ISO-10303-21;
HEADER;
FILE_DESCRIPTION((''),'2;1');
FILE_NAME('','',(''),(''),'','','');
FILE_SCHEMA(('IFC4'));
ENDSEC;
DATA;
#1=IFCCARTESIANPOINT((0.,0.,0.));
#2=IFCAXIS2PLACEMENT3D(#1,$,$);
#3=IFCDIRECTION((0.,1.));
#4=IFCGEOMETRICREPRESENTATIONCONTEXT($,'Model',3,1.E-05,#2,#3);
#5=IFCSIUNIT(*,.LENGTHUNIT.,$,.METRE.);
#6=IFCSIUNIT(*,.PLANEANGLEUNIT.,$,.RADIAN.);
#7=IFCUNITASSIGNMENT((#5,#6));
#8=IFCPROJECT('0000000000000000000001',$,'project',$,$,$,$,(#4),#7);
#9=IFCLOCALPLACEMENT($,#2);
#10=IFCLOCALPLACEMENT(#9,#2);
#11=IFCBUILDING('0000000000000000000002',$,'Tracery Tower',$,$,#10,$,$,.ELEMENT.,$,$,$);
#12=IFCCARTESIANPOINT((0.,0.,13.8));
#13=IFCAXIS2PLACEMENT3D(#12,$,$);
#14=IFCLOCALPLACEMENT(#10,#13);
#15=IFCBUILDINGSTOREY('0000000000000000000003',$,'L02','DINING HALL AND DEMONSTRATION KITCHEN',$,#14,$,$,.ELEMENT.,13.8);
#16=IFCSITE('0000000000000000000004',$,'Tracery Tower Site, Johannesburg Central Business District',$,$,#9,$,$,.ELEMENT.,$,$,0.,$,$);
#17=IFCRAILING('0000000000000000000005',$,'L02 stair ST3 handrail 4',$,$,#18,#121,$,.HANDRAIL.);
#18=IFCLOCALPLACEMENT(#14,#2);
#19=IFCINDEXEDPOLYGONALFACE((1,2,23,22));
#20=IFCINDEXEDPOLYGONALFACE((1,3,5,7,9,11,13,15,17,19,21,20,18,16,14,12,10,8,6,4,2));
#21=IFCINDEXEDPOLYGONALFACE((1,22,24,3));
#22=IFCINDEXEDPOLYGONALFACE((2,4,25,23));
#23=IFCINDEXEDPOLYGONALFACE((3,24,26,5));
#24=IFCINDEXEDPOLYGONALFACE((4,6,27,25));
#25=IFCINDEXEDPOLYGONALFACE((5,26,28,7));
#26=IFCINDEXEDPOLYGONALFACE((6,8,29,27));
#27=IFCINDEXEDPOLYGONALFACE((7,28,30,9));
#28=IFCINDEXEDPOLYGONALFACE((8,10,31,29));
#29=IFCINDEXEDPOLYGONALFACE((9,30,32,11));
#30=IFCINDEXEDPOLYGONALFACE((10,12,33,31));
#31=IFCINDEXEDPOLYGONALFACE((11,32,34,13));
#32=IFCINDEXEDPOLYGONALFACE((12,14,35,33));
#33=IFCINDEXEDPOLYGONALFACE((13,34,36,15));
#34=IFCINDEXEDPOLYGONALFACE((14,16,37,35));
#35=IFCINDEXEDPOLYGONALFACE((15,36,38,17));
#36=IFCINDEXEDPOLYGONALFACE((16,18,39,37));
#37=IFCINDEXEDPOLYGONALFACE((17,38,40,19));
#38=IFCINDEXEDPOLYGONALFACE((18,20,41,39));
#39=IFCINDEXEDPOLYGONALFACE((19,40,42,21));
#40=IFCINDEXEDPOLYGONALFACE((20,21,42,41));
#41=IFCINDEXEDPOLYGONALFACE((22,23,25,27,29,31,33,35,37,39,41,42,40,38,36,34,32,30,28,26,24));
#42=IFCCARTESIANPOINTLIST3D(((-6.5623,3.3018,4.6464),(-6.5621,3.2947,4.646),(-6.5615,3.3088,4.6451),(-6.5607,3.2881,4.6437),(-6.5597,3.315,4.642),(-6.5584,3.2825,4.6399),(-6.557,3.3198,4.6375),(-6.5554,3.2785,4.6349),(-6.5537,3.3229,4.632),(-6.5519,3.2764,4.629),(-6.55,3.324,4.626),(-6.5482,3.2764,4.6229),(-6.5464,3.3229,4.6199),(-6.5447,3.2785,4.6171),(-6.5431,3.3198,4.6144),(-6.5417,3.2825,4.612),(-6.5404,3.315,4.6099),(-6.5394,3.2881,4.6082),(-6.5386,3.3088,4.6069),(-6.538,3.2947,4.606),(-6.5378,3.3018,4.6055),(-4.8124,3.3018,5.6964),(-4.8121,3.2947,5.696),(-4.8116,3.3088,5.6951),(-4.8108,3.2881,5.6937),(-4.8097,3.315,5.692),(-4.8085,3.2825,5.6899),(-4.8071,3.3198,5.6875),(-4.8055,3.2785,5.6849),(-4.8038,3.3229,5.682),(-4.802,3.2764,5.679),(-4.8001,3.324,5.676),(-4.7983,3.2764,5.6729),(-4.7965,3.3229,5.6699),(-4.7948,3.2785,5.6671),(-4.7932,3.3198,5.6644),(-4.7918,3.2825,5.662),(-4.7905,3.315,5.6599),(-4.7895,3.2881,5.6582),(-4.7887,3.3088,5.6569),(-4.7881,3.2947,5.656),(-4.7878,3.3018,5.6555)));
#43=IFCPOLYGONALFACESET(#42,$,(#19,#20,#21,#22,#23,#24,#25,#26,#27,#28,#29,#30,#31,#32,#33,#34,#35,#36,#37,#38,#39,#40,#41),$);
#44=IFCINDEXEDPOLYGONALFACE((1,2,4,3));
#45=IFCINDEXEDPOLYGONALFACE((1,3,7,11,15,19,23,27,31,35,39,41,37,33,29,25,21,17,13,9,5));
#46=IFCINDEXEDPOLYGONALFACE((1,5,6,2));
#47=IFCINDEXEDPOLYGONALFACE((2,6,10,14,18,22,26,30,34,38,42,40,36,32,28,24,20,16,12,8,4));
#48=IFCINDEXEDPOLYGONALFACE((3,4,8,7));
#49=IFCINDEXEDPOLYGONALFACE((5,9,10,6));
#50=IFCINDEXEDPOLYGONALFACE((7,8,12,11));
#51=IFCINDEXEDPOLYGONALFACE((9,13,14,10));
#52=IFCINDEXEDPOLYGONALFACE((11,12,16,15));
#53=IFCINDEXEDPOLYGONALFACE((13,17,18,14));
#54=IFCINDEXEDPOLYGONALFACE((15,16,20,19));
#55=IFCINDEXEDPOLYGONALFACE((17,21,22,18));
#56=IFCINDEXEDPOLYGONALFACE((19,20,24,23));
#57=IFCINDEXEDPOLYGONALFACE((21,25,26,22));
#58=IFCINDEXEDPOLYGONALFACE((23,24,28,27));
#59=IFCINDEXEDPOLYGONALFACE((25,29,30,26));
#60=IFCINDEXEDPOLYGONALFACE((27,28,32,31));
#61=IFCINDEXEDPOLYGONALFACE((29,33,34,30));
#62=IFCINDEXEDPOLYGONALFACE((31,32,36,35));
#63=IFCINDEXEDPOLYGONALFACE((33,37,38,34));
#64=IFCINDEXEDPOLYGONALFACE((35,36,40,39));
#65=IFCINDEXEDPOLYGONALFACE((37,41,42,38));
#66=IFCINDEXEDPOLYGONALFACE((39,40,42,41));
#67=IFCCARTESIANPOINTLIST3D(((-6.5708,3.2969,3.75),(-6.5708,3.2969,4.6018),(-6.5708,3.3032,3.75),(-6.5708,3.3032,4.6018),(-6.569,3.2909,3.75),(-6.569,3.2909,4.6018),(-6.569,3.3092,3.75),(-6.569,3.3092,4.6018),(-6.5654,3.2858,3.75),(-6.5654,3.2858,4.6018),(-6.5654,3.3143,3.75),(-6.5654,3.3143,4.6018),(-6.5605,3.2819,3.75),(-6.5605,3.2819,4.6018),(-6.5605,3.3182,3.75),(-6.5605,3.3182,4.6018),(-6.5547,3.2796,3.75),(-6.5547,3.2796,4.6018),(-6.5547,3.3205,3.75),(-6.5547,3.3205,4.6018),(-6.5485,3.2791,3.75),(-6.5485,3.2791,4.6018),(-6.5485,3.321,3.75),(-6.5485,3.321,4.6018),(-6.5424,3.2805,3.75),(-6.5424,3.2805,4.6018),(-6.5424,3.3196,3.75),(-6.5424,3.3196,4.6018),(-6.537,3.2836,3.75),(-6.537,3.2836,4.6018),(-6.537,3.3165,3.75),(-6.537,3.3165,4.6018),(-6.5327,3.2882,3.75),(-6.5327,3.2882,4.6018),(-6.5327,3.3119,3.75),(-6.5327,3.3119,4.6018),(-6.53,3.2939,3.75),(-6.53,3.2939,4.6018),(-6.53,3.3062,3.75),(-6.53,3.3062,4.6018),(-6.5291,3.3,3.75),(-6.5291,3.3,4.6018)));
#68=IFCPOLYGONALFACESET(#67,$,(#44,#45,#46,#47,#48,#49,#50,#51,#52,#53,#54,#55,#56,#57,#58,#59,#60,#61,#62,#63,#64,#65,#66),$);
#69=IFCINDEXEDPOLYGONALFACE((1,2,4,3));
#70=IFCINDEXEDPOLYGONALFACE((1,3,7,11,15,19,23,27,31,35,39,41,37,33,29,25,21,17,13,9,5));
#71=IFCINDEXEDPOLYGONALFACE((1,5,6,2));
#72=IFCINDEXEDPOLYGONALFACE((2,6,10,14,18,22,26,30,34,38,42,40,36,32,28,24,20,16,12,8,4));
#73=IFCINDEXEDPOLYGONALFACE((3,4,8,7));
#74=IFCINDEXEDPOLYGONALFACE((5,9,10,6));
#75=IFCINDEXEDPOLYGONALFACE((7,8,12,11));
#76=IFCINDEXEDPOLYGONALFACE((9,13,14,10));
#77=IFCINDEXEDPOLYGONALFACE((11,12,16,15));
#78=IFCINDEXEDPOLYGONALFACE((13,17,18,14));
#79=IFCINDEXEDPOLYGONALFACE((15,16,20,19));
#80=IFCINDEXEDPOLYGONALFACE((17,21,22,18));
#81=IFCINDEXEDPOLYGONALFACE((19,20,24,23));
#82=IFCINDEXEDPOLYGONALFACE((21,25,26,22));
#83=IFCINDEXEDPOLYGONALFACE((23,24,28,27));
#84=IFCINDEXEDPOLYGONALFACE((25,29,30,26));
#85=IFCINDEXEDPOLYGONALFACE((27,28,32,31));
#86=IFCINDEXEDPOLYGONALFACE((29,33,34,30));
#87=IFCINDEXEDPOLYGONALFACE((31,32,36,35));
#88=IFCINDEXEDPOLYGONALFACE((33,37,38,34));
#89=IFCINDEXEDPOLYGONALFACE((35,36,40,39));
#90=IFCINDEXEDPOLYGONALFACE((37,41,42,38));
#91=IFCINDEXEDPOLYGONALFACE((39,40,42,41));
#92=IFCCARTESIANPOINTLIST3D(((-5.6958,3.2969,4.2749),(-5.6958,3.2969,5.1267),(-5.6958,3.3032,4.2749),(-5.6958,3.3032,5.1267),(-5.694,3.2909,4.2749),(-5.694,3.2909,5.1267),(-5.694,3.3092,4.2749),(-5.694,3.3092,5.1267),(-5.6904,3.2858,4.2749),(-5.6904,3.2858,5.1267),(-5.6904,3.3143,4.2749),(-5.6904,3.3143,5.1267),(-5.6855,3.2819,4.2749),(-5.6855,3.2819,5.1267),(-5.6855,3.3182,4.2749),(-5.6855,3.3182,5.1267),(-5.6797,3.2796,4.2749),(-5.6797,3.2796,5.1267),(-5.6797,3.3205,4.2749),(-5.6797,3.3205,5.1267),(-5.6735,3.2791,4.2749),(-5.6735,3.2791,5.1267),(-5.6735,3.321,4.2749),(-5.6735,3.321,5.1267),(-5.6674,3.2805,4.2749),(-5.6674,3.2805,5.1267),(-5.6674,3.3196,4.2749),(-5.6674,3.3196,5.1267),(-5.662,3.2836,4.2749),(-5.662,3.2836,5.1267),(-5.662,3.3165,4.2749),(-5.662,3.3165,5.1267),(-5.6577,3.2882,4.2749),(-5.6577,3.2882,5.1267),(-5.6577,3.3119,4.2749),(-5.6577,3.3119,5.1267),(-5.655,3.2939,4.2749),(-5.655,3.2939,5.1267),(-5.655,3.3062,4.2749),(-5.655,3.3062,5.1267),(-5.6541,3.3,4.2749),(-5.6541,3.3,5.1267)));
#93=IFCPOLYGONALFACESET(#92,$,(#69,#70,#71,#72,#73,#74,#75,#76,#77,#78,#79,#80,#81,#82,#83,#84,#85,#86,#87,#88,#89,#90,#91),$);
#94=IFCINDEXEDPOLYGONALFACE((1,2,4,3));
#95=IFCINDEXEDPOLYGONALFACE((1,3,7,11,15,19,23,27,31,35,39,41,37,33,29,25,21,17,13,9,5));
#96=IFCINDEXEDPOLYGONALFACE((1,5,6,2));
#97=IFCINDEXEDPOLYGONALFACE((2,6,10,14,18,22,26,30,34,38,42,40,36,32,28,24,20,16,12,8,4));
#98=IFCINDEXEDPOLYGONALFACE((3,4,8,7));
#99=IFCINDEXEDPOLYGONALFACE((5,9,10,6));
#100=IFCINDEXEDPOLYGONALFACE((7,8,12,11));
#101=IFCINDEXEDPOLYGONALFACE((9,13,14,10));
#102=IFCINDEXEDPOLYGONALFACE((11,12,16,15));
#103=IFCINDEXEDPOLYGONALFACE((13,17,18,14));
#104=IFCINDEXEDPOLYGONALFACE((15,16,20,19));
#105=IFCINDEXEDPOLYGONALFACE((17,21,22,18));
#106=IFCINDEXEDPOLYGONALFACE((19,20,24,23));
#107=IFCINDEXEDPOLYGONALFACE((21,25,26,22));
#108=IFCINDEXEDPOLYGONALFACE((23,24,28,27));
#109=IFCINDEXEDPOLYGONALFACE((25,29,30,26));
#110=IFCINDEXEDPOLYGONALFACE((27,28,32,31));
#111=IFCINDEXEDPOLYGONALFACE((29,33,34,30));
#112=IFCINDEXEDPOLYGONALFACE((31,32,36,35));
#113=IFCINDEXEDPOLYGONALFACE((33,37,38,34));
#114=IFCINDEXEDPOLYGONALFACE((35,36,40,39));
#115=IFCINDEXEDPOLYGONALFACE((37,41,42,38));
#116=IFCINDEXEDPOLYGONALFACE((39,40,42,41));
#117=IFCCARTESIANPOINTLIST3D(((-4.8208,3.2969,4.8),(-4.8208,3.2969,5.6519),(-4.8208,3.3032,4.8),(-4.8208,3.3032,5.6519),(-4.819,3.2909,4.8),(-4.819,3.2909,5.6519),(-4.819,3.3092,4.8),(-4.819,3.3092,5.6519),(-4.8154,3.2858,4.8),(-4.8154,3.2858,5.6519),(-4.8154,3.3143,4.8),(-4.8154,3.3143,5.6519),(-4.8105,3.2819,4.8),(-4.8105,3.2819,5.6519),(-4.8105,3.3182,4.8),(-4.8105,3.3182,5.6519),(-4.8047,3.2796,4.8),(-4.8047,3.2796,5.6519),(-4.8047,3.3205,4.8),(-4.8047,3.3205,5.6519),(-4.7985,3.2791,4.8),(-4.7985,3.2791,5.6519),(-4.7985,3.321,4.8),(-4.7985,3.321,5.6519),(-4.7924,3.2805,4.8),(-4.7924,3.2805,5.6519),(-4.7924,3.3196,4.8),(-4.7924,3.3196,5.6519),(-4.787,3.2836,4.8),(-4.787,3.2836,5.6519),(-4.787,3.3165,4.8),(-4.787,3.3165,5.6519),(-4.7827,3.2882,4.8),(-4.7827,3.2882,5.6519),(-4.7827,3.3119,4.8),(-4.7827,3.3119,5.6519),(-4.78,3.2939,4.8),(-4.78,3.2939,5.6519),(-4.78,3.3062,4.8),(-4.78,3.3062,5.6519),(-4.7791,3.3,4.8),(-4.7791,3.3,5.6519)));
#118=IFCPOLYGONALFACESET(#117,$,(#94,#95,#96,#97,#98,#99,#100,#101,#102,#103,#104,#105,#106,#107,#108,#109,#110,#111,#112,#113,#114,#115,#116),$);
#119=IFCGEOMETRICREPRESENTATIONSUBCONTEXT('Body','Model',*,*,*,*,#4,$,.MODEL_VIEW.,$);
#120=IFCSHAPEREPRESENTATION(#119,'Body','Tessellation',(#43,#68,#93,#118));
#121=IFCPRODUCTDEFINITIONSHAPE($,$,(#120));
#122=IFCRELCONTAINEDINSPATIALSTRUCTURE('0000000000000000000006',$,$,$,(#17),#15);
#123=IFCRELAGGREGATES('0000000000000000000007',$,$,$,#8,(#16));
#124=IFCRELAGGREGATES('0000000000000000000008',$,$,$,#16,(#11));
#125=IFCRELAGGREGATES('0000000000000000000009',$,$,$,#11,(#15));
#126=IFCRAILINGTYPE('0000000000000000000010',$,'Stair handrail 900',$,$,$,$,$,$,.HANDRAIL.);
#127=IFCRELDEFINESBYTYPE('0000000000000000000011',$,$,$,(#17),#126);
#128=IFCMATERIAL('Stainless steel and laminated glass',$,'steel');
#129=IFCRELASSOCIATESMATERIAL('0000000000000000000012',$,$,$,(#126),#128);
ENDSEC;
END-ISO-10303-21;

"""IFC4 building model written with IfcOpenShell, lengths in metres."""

from ifc_helpers import new_model, si_unit, direction, frame, origin, origin_2d, place, context, subcontext, project, spatial, circle, extrude, material, type_object, element, save


model = new_model("IFC4")

# Units and contexts
model_context = context("Model", 3, precision=1e-05, world=origin(), true_north=direction((0.0, 1.0)))
body_context = subcontext(model_context, "Body", "Model", "MODEL_VIEW")
ifc_project = project(units=[si_unit("LENGTHUNIT", "METRE"), si_unit("PLANEANGLEUNIT", "RADIAN")], contexts=[model_context])

# Site, building, storey
site_placement = place(None, origin())
site = spatial("IfcSite", under=ifc_project, at=site_placement, Name="Tracery Tower Site, Johannesburg Central Business District", CompositionType="ELEMENT", RefElevation=0.0)
building_placement = place(site_placement, origin())
building = spatial("IfcBuilding", under=site, at=building_placement, Name="Tracery Tower", CompositionType="ELEMENT")
storey_placement = place(building_placement, frame((0.0, 0.0, 13.8)))
storey = spatial("IfcBuildingStorey", under=building, at=storey_placement, Name="L02", Description="DINING HALL AND DEMONSTRATION KITCHEN", CompositionType="ELEMENT", Elevation=13.8)

# Railing
ifc_material_1 = material(Name="Stainless steel and laminated glass", Category="steel")
railing_type_1 = type_object("IfcRailingType", Name="Stair handrail 900", PredefinedType="HANDRAIL", material=ifc_material_1)
railing_1_placement = place(storey_placement, frame((-6.55, 3.3, 3.75)))
element("IfcRailing", 1, at=railing_1_placement, inside=storey, type_object=railing_type_1, Name="L02 stair ST3 handrail 4", PredefinedType="HANDRAIL", context=body_context, shape_type="SweptSolid", body=[
    extrude(circle(Radius=0.0239, at=origin_2d()), frame((0.0, 0.0, 0.876), z_axis=(0.857482, 0.0, 0.514513), x_axis=(0.0, 1.0, 0.0)), (0.0, 0.0, 1.0), 2.0408),
    extrude(circle(Radius=0.021, at=origin_2d()), origin(), (0.0, 0.0, 1.0), 0.8518),
    extrude(circle(Radius=0.021, at=origin_2d()), frame((0.875, 0.0, 0.5249)), (0.0, 0.0, 1.0), 0.8518),
    extrude(circle(Radius=0.021, at=origin_2d()), frame((1.75, 0.0, 1.05)), (0.0, 0.0, 1.0), 0.8518),
])

save(model, "model.ifc")
